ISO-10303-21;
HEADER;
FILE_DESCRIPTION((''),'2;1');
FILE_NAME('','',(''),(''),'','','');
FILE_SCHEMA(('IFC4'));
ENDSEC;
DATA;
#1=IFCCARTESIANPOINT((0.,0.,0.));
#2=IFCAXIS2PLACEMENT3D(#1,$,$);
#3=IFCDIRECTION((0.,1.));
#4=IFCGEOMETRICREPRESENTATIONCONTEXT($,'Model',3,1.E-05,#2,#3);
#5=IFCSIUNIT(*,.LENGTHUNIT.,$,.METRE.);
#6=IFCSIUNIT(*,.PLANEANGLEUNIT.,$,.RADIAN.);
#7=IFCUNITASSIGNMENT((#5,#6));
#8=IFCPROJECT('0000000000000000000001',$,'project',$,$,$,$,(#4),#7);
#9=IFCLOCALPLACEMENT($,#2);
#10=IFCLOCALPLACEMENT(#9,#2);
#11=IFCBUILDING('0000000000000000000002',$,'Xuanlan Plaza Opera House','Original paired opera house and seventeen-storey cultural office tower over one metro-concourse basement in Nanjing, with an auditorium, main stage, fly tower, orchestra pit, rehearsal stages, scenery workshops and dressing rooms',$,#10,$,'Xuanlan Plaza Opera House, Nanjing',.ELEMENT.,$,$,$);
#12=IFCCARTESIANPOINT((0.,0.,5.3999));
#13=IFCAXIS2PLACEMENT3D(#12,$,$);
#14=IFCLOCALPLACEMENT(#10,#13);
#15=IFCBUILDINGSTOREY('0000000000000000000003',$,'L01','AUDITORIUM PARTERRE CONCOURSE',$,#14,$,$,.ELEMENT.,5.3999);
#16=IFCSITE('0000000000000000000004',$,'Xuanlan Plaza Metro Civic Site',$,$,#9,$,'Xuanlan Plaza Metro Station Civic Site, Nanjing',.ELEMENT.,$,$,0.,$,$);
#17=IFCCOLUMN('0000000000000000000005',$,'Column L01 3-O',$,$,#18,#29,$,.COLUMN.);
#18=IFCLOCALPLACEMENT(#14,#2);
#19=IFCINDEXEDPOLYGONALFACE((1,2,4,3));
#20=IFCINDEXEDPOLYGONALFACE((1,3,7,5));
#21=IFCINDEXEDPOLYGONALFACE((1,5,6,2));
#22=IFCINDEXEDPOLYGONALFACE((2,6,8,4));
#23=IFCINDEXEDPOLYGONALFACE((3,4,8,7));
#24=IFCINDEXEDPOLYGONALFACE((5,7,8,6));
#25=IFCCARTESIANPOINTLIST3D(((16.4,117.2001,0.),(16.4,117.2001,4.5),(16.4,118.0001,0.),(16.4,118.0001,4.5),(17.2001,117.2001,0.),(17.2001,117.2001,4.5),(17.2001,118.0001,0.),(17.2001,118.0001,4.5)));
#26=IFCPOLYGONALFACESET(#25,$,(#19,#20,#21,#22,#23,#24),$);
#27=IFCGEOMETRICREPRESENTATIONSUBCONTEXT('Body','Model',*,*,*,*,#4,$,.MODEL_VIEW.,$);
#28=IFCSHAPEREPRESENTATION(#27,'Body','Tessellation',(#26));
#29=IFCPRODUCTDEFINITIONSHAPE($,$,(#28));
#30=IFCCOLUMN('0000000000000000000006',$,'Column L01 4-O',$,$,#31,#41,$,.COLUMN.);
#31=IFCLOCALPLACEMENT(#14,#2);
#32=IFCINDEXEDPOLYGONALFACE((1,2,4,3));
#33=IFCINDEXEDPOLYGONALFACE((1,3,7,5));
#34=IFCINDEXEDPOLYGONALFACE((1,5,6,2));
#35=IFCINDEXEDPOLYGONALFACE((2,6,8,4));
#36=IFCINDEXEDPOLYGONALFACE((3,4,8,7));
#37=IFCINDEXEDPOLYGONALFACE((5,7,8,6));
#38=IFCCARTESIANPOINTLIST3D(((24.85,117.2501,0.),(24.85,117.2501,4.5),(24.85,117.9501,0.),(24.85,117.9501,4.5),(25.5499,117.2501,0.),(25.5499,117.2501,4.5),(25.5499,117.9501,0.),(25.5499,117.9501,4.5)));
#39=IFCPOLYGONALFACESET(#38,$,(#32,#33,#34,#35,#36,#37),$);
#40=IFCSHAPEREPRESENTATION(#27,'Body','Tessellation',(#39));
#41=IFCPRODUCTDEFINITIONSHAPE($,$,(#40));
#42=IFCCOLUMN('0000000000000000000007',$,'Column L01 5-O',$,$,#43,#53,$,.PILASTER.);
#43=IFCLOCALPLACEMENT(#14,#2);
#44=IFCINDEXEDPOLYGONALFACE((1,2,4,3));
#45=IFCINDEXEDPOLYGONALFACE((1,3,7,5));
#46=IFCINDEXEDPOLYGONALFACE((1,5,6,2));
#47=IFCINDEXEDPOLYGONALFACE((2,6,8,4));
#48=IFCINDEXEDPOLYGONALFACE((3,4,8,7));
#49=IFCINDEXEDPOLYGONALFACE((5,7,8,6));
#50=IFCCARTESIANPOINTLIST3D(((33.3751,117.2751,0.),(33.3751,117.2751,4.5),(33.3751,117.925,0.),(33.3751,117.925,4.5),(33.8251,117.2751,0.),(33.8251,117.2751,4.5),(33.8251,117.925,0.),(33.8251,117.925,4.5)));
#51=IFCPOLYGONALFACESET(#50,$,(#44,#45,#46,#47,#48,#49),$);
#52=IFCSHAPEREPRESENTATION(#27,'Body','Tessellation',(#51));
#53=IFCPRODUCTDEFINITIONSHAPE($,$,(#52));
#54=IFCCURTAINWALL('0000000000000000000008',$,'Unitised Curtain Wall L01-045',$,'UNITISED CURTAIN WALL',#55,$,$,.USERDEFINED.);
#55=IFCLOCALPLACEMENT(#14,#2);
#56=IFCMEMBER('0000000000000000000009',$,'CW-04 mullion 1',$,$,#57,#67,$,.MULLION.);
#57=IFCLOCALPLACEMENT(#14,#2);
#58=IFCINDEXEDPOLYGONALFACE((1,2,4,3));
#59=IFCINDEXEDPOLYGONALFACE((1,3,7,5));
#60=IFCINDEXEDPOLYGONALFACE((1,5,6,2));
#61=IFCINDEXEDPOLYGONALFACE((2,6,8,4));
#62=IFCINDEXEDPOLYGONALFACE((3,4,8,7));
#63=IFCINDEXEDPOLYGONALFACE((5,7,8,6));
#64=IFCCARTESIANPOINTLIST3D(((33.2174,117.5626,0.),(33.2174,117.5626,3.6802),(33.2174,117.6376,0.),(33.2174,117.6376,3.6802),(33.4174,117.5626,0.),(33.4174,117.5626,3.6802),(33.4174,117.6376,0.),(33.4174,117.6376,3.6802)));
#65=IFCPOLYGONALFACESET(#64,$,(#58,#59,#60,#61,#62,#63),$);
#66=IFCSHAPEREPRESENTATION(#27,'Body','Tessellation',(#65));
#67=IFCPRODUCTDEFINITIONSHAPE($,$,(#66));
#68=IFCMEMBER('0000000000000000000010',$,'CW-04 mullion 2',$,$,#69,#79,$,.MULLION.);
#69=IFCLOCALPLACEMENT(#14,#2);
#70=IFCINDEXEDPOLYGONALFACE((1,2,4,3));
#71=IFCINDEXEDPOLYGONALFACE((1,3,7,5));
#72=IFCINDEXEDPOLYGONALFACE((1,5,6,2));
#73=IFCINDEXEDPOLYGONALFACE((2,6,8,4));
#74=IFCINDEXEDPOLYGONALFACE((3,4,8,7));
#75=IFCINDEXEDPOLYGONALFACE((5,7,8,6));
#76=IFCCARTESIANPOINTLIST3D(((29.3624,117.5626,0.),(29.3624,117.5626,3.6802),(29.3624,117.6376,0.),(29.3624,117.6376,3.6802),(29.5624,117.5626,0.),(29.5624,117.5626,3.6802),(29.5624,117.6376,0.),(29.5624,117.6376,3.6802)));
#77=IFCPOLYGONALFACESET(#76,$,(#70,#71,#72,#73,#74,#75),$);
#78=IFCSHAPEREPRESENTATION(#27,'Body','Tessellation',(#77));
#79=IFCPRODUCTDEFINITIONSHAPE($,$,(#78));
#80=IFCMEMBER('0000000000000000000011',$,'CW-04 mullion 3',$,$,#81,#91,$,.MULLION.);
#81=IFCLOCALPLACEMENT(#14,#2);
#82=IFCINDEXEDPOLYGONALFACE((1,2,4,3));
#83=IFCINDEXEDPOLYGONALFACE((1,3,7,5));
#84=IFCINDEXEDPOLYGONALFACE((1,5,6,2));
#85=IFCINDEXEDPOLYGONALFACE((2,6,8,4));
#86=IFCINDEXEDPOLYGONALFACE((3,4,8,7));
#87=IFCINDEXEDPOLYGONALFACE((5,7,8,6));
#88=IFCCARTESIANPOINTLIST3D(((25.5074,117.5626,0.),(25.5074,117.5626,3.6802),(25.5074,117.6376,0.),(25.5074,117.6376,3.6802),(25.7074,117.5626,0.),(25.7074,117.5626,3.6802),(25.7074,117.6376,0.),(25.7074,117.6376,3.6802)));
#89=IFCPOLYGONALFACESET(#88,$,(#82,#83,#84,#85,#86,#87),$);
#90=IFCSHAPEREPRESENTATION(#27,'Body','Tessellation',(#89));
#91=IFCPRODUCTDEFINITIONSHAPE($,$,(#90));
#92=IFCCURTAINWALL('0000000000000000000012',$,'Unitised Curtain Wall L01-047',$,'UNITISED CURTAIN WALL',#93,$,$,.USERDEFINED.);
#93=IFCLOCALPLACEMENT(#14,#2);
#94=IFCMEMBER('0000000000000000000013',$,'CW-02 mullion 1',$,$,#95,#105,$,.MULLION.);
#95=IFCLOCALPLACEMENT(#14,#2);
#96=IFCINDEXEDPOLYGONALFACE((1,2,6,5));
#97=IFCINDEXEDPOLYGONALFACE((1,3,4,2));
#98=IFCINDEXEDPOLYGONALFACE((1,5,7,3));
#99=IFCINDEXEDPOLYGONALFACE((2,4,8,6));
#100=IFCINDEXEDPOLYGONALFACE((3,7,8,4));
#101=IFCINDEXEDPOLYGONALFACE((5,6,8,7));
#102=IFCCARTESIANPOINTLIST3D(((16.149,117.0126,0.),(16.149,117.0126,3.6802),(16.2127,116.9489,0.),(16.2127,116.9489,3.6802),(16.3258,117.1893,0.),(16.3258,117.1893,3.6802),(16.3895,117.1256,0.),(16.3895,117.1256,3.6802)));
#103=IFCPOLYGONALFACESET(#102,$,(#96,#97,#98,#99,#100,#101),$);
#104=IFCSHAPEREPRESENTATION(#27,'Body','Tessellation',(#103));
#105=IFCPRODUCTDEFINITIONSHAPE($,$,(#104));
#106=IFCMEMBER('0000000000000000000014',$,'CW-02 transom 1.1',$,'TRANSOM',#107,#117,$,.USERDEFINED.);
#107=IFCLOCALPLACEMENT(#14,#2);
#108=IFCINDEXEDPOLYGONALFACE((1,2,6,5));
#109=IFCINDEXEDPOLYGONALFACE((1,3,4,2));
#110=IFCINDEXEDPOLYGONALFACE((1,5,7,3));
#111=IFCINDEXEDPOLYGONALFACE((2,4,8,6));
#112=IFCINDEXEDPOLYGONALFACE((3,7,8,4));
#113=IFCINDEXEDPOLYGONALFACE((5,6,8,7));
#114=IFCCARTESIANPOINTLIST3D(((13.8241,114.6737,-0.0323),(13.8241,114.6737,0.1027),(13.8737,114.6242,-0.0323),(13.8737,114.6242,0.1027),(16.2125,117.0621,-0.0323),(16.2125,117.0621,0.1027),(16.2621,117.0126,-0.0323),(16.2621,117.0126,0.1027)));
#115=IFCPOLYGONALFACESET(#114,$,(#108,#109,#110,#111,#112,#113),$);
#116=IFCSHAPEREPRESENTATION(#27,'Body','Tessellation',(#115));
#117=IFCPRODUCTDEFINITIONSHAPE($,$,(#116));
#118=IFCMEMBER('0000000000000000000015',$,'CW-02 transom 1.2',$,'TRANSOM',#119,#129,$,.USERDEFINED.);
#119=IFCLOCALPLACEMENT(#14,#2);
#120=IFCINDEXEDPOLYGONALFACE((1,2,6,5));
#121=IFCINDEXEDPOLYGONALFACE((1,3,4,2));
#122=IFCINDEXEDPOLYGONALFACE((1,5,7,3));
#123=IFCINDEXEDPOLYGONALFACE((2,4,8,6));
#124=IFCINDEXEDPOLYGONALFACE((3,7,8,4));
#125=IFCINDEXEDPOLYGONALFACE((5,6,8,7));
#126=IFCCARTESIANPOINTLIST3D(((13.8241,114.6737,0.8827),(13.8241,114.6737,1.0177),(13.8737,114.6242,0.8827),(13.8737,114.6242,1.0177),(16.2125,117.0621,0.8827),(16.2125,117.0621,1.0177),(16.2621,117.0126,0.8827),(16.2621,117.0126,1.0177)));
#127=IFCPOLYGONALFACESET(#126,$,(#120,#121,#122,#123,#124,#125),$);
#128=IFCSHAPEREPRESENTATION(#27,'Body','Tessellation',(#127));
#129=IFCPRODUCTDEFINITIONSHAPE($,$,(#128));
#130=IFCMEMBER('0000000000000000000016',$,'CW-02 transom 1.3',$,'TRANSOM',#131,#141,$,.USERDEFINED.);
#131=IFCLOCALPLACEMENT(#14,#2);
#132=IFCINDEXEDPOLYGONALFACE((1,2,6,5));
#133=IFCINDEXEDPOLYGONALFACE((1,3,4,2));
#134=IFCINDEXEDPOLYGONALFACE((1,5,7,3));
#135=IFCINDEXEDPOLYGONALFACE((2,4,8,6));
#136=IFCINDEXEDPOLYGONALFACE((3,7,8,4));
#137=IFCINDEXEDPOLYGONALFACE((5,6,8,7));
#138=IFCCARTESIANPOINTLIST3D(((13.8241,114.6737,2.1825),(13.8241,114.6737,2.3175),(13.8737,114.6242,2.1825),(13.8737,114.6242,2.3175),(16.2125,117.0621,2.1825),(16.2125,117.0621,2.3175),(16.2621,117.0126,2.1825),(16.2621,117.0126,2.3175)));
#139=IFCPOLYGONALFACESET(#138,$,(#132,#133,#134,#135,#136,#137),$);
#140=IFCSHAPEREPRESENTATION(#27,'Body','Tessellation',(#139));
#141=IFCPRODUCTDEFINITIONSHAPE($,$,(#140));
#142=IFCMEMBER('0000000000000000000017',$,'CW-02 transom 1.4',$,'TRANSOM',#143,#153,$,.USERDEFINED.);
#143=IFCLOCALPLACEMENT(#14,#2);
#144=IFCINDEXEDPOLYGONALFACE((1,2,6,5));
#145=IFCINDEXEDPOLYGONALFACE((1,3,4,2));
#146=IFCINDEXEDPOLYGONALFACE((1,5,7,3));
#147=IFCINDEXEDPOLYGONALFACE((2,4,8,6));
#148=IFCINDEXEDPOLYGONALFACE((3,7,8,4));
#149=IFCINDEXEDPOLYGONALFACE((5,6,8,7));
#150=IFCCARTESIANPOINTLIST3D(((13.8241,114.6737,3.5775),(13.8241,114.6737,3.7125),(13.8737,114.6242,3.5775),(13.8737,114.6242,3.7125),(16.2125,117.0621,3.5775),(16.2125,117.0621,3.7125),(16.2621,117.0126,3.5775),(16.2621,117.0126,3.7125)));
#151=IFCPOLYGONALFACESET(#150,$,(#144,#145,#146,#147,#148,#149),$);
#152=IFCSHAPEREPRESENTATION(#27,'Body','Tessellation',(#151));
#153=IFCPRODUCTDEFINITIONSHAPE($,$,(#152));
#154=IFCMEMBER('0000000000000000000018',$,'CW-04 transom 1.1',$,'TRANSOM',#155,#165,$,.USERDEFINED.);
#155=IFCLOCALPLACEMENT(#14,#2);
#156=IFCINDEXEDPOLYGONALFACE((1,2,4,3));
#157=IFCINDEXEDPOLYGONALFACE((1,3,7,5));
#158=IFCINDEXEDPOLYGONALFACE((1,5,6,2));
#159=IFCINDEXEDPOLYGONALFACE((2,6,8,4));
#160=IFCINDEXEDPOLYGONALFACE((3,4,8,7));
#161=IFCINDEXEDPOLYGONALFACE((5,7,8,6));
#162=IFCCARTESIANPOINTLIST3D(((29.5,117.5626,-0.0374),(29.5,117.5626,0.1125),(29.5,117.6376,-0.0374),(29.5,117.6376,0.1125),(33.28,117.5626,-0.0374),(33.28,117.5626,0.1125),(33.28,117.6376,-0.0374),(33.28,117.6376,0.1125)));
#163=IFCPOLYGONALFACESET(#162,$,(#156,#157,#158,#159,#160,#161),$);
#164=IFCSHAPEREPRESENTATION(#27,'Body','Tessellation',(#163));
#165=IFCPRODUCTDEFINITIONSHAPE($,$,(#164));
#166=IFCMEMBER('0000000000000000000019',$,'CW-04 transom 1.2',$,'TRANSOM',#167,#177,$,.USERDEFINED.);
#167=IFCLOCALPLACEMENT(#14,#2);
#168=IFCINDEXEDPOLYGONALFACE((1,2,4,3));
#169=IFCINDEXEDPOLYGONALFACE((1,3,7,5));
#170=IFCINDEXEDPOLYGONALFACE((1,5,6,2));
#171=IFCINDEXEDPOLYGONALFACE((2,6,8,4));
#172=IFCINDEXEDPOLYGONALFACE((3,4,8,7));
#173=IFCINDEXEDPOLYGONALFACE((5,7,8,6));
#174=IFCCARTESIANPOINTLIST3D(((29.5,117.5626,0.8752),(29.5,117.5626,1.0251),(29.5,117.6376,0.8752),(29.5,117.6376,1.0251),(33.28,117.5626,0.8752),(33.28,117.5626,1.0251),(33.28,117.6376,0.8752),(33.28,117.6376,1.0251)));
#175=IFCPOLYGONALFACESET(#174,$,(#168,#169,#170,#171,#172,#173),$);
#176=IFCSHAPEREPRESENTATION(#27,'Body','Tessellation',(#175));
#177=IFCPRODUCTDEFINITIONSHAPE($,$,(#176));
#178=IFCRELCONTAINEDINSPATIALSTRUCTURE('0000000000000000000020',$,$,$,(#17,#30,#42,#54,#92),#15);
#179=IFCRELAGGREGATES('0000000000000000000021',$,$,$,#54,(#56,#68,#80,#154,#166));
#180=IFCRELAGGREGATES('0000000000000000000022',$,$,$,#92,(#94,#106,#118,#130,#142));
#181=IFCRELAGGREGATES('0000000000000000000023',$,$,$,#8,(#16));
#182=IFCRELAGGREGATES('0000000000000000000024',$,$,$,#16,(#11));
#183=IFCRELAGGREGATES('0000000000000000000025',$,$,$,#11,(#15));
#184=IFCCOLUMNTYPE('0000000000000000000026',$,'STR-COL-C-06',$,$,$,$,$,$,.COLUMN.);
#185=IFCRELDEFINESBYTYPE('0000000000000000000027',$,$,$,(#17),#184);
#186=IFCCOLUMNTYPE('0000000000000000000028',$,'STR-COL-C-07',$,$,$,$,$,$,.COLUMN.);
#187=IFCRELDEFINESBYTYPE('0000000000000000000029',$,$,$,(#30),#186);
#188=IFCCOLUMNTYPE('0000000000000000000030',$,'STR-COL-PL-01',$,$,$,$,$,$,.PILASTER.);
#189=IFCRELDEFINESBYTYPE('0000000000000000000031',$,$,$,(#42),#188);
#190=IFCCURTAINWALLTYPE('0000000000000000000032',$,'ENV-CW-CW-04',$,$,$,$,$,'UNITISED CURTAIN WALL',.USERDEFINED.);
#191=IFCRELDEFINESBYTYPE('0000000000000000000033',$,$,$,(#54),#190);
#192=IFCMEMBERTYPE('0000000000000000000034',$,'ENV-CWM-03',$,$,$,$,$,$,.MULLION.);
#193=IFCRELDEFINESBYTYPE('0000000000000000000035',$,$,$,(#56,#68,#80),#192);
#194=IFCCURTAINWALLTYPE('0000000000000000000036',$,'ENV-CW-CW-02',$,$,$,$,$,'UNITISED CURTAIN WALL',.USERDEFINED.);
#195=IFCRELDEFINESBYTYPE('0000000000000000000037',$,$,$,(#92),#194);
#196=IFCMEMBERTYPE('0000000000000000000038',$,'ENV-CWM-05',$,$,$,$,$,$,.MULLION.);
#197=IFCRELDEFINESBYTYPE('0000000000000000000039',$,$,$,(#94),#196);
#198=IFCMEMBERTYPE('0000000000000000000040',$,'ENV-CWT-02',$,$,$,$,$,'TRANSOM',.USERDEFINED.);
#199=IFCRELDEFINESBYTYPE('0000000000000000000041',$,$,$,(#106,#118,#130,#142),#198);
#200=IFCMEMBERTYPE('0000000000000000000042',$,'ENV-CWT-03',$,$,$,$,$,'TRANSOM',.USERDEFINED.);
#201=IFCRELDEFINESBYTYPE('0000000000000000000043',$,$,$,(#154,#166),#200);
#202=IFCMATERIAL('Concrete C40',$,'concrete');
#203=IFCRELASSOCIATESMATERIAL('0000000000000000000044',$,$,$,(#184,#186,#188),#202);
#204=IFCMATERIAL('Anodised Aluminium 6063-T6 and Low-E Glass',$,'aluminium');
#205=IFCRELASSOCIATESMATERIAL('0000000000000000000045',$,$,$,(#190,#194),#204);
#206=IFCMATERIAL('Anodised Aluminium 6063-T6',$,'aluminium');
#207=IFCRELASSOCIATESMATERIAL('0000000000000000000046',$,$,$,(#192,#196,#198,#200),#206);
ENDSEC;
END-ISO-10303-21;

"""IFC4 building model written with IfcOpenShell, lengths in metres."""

from ifc_helpers import new_model, si_unit, direction, frame, origin, origin_2d, place, context, subcontext, project, spatial, rectangle, extrude, material, material_profile, profile_set, type_object, element, aggregate, save


model = new_model("IFC4")

# Units and contexts
model_context = context("Model", 3, precision=1e-05, world=origin(), true_north=direction((0.0, 1.0)))
body_context = subcontext(model_context, "Body", "Model", "MODEL_VIEW")
ifc_project = project(units=[si_unit("LENGTHUNIT", "METRE"), si_unit("PLANEANGLEUNIT", "RADIAN")], contexts=[model_context])

# Site, building, storey
site_placement = place(None, origin())
site = spatial("IfcSite", under=ifc_project, at=site_placement, Name="Xuanlan Plaza Metro Civic Site", LongName="Xuanlan Plaza Metro Station Civic Site, Nanjing", CompositionType="ELEMENT", RefElevation=0.0)
building_placement = place(site_placement, origin())
building = spatial("IfcBuilding", under=site, at=building_placement, Name="Xuanlan Plaza Opera House", Description="Original paired opera house and seventeen-storey cultural office tower over one metro-concourse basement in Nanjing, with an auditorium, main stage, fly tower, orchestra pit, rehearsal stages, scenery workshops and dressing rooms", LongName="Xuanlan Plaza Opera House, Nanjing", CompositionType="ELEMENT")
storey_placement = place(building_placement, frame((0.0, 0.0, 5.3999)))
storey = spatial("IfcBuildingStorey", under=building, at=storey_placement, Name="L01", Description="AUDITORIUM PARTERRE CONCOURSE", CompositionType="ELEMENT", Elevation=5.3999)

# Columns
ifc_material_1 = material(Name="Concrete C40", Category="concrete")
ifc_material_profile_1 = material_profile(ifc_material_1, rectangle(XDim=0.8, YDim=0.8, at=origin_2d()), Name="RC-COL 800x800")
ifc_profile_set_1 = profile_set([ifc_material_profile_1], Name="Concrete C40")
column_type_1 = type_object("IfcColumnType", Name="STR-COL-C-06", PredefinedType="COLUMN", material=ifc_profile_set_1)
column_1_placement = place(storey_placement, frame((16.8, 117.6001, 0.0), z_axis=(0.0, 0.0, 1.0), x_axis=(1.0, 0.0, 0.0)))
element("IfcColumn", 1, at=column_1_placement, inside=storey, type_object=column_type_1, Name="Column L01 3-O", PredefinedType="COLUMN", context=body_context, shape_type="SweptSolid", body=[
    extrude(rectangle(XDim=0.8, YDim=0.8, at=origin_2d()), origin(), (0.0, 0.0, 1.0), 4.5),
])
ifc_material_profile_2 = material_profile(ifc_material_1, rectangle(XDim=0.7, YDim=0.7, at=origin_2d()), Name="RC-COL 700x700")
ifc_profile_set_2 = profile_set([ifc_material_profile_2], Name="Concrete C40")
column_type_2 = type_object("IfcColumnType", Name="STR-COL-C-07", PredefinedType="COLUMN", material=ifc_profile_set_2)
column_2_placement = place(storey_placement, frame((25.2, 117.6001, 0.0), z_axis=(0.0, 0.0, 1.0), x_axis=(1.0, 0.0, 0.0)))
element("IfcColumn", 2, at=column_2_placement, inside=storey, type_object=column_type_2, Name="Column L01 4-O", PredefinedType="COLUMN", context=body_context, shape_type="SweptSolid", body=[
    extrude(rectangle(XDim=0.7, YDim=0.7, at=origin_2d()), origin(), (0.0, 0.0, 1.0), 4.5),
])
ifc_material_profile_3 = material_profile(ifc_material_1, rectangle(XDim=0.45, YDim=0.6499, at=origin_2d()), Name="RC-PIL 450x650")
ifc_profile_set_3 = profile_set([ifc_material_profile_3], Name="Concrete C40")
column_type_3 = type_object("IfcColumnType", Name="STR-COL-PL-01", PredefinedType="PILASTER", material=ifc_profile_set_3)
column_3_placement = place(storey_placement, frame((33.6001, 117.6001, 0.0), z_axis=(0.0, 0.0, 1.0), x_axis=(1.0, 0.0, 0.0)))
element("IfcColumn", 3, at=column_3_placement, inside=storey, type_object=column_type_3, Name="Column L01 5-O", PredefinedType="PILASTER", context=body_context, shape_type="SweptSolid", body=[
    extrude(rectangle(XDim=0.45, YDim=0.6499, at=origin_2d()), origin(), (0.0, 0.0, 1.0), 4.5),
])

# Curtain walls, members
ifc_material_2 = material(Name="Anodised Aluminium 6063-T6 and Low-E Glass", Category="aluminium")
curtain_wall_type_1 = type_object("IfcCurtainWallType", Name="ENV-CW-CW-04", ElementType="UNITISED CURTAIN WALL", PredefinedType="USERDEFINED", material=ifc_material_2)
curtain_wall_1_placement = place(storey_placement, origin())
curtain_wall_1 = element("IfcCurtainWall", 4, at=curtain_wall_1_placement, inside=storey, type_object=curtain_wall_type_1, Name="Unitised Curtain Wall L01-045", ObjectType="UNITISED CURTAIN WALL", PredefinedType="USERDEFINED")
ifc_material_3 = material(Name="Anodised Aluminium 6063-T6", Category="aluminium")
ifc_material_profile_4 = material_profile(ifc_material_3, rectangle(XDim=0.075, YDim=0.2, at=origin_2d()), Name="ALU-M 75x200")
ifc_profile_set_4 = profile_set([ifc_material_profile_4], Name="Anodised Aluminium 6063-T6")
member_type_1 = type_object("IfcMemberType", Name="ENV-CWM-03", PredefinedType="MULLION", material=ifc_profile_set_4)
member_1_placement = place(storey_placement, frame((33.3174, 117.6001, 0.0), z_axis=(0.0, 0.0, 1.0), x_axis=(0.0, -1.0, 0.0)))
member_1 = element("IfcMember", 5, at=member_1_placement, type_object=member_type_1, Name="CW-04 mullion 1", PredefinedType="MULLION", context=body_context, shape_type="SweptSolid", body=[
    extrude(rectangle(XDim=0.075, YDim=0.2, at=origin_2d()), origin(), (0.0, 0.0, 1.0), 3.6802),
])
member_2_placement = place(storey_placement, frame((29.4624, 117.6001, 0.0), z_axis=(0.0, 0.0, 1.0), x_axis=(0.0, -1.0, 0.0)))
member_2 = element("IfcMember", 6, at=member_2_placement, type_object=member_type_1, Name="CW-04 mullion 2", PredefinedType="MULLION", context=body_context, shape_type="SweptSolid", body=[
    extrude(rectangle(XDim=0.075, YDim=0.2, at=origin_2d()), origin(), (0.0, 0.0, 1.0), 3.6802),
])
member_3_placement = place(storey_placement, frame((25.6074, 117.6001, 0.0), z_axis=(0.0, 0.0, 1.0), x_axis=(0.0, -1.0, 0.0)))
member_3 = element("IfcMember", 7, at=member_3_placement, type_object=member_type_1, Name="CW-04 mullion 3", PredefinedType="MULLION", context=body_context, shape_type="SweptSolid", body=[
    extrude(rectangle(XDim=0.075, YDim=0.2, at=origin_2d()), origin(), (0.0, 0.0, 1.0), 3.6802),
])
curtain_wall_type_2 = type_object("IfcCurtainWallType", Name="ENV-CW-CW-02", ElementType="UNITISED CURTAIN WALL", PredefinedType="USERDEFINED", material=ifc_material_2)
curtain_wall_2_placement = place(storey_placement, origin())
curtain_wall_2 = element("IfcCurtainWall", 8, at=curtain_wall_2_placement, inside=storey, type_object=curtain_wall_type_2, Name="Unitised Curtain Wall L01-047", ObjectType="UNITISED CURTAIN WALL", PredefinedType="USERDEFINED")
ifc_material_profile_5 = material_profile(ifc_material_3, rectangle(XDim=0.0901, YDim=0.25, at=origin_2d()), Name="ALU-M 90x250")
ifc_profile_set_5 = profile_set([ifc_material_profile_5], Name="Anodised Aluminium 6063-T6")
member_type_2 = type_object("IfcMemberType", Name="ENV-CWM-05", PredefinedType="MULLION", material=ifc_profile_set_5)
member_4_placement = place(storey_placement, frame((16.2693, 117.0691, 0.0), z_axis=(0.0, 0.0, 1.0), x_axis=(0.707107, -0.707107, 0.0)))
member_4 = element("IfcMember", 9, at=member_4_placement, type_object=member_type_2, Name="CW-02 mullion 1", PredefinedType="MULLION", context=body_context, shape_type="SweptSolid", body=[
    extrude(rectangle(XDim=0.0901, YDim=0.25, at=origin_2d()), origin(), (0.0, 0.0, 1.0), 3.6802),
])
ifc_material_profile_6 = material_profile(ifc_material_3, rectangle(XDim=0.0701, YDim=0.135, at=origin_2d()), Name="ALU-T 70x135")
ifc_profile_set_6 = profile_set([ifc_material_profile_6], Name="Anodised Aluminium 6063-T6")
member_type_3 = type_object("IfcMemberType", Name="ENV-CWT-02", ElementType="TRANSOM", PredefinedType="USERDEFINED", material=ifc_profile_set_6)
member_5_placement = place(storey_placement, frame((16.2373, 117.0374, 0.0352), z_axis=(-0.707107, -0.707107, 0.0), x_axis=(0.707107, -0.707107, 0.0)))
member_5 = element("IfcMember", 10, at=member_5_placement, type_object=member_type_3, Name="CW-02 transom 1.1", ObjectType="TRANSOM", PredefinedType="USERDEFINED", context=body_context, shape_type="SweptSolid", body=[
    extrude(rectangle(XDim=0.0701, YDim=0.135, at=origin_2d()), origin(), (0.0, 0.0, 1.0), 3.3777),
])
member_6_placement = place(storey_placement, frame((16.2373, 117.0374, 0.9502), z_axis=(-0.707107, -0.707107, 0.0), x_axis=(0.707107, -0.707107, 0.0)))
member_6 = element("IfcMember", 11, at=member_6_placement, type_object=member_type_3, Name="CW-02 transom 1.2", ObjectType="TRANSOM", PredefinedType="USERDEFINED", context=body_context, shape_type="SweptSolid", body=[
    extrude(rectangle(XDim=0.0701, YDim=0.135, at=origin_2d()), origin(), (0.0, 0.0, 1.0), 3.3777),
])
member_7_placement = place(storey_placement, frame((16.2373, 117.0374, 2.25), z_axis=(-0.707107, -0.707107, 0.0), x_axis=(0.707107, -0.707107, 0.0)))
member_7 = element("IfcMember", 12, at=member_7_placement, type_object=member_type_3, Name="CW-02 transom 1.3", ObjectType="TRANSOM", PredefinedType="USERDEFINED", context=body_context, shape_type="SweptSolid", body=[
    extrude(rectangle(XDim=0.0701, YDim=0.135, at=origin_2d()), origin(), (0.0, 0.0, 1.0), 3.3777),
])
member_8_placement = place(storey_placement, frame((16.2373, 117.0374, 3.645), z_axis=(-0.707107, -0.707107, 0.0), x_axis=(0.707107, -0.707107, 0.0)))
member_8 = element("IfcMember", 13, at=member_8_placement, type_object=member_type_3, Name="CW-02 transom 1.4", ObjectType="TRANSOM", PredefinedType="USERDEFINED", context=body_context, shape_type="SweptSolid", body=[
    extrude(rectangle(XDim=0.0701, YDim=0.135, at=origin_2d()), origin(), (0.0, 0.0, 1.0), 3.3777),
])

# Members
ifc_material_profile_7 = material_profile(ifc_material_3, rectangle(XDim=0.075, YDim=0.1499, at=origin_2d()), Name="ALU-T 75x150")
ifc_profile_set_7 = profile_set([ifc_material_profile_7], Name="Anodised Aluminium 6063-T6")
member_type_4 = type_object("IfcMemberType", Name="ENV-CWT-03", ElementType="TRANSOM", PredefinedType="USERDEFINED", material=ifc_profile_set_7)
member_9_placement = place(storey_placement, frame((33.28, 117.6001, 0.0376), z_axis=(-1.0, 0.0, 0.0), x_axis=(0.0, -1.0, 0.0)))
member_9 = element("IfcMember", 14, at=member_9_placement, type_object=member_type_4, Name="CW-04 transom 1.1", ObjectType="TRANSOM", PredefinedType="USERDEFINED", context=body_context, shape_type="SweptSolid", body=[
    extrude(rectangle(XDim=0.075, YDim=0.1499, at=origin_2d()), origin(), (0.0, 0.0, 1.0), 3.78),
])
member_10_placement = place(storey_placement, frame((33.28, 117.6001, 0.9502), z_axis=(-1.0, 0.0, 0.0), x_axis=(0.0, -1.0, 0.0)))
member_10 = element("IfcMember", 15, at=member_10_placement, type_object=member_type_4, Name="CW-04 transom 1.2", ObjectType="TRANSOM", PredefinedType="USERDEFINED", context=body_context, shape_type="SweptSolid", body=[
    extrude(rectangle(XDim=0.075, YDim=0.1499, at=origin_2d()), origin(), (0.0, 0.0, 1.0), 3.78),
])

aggregate(curtain_wall_1, [member_1, member_2, member_3, member_9, member_10])
aggregate(curtain_wall_2, [member_4, member_5, member_6, member_7, member_8])

save(model, "model.ifc")
